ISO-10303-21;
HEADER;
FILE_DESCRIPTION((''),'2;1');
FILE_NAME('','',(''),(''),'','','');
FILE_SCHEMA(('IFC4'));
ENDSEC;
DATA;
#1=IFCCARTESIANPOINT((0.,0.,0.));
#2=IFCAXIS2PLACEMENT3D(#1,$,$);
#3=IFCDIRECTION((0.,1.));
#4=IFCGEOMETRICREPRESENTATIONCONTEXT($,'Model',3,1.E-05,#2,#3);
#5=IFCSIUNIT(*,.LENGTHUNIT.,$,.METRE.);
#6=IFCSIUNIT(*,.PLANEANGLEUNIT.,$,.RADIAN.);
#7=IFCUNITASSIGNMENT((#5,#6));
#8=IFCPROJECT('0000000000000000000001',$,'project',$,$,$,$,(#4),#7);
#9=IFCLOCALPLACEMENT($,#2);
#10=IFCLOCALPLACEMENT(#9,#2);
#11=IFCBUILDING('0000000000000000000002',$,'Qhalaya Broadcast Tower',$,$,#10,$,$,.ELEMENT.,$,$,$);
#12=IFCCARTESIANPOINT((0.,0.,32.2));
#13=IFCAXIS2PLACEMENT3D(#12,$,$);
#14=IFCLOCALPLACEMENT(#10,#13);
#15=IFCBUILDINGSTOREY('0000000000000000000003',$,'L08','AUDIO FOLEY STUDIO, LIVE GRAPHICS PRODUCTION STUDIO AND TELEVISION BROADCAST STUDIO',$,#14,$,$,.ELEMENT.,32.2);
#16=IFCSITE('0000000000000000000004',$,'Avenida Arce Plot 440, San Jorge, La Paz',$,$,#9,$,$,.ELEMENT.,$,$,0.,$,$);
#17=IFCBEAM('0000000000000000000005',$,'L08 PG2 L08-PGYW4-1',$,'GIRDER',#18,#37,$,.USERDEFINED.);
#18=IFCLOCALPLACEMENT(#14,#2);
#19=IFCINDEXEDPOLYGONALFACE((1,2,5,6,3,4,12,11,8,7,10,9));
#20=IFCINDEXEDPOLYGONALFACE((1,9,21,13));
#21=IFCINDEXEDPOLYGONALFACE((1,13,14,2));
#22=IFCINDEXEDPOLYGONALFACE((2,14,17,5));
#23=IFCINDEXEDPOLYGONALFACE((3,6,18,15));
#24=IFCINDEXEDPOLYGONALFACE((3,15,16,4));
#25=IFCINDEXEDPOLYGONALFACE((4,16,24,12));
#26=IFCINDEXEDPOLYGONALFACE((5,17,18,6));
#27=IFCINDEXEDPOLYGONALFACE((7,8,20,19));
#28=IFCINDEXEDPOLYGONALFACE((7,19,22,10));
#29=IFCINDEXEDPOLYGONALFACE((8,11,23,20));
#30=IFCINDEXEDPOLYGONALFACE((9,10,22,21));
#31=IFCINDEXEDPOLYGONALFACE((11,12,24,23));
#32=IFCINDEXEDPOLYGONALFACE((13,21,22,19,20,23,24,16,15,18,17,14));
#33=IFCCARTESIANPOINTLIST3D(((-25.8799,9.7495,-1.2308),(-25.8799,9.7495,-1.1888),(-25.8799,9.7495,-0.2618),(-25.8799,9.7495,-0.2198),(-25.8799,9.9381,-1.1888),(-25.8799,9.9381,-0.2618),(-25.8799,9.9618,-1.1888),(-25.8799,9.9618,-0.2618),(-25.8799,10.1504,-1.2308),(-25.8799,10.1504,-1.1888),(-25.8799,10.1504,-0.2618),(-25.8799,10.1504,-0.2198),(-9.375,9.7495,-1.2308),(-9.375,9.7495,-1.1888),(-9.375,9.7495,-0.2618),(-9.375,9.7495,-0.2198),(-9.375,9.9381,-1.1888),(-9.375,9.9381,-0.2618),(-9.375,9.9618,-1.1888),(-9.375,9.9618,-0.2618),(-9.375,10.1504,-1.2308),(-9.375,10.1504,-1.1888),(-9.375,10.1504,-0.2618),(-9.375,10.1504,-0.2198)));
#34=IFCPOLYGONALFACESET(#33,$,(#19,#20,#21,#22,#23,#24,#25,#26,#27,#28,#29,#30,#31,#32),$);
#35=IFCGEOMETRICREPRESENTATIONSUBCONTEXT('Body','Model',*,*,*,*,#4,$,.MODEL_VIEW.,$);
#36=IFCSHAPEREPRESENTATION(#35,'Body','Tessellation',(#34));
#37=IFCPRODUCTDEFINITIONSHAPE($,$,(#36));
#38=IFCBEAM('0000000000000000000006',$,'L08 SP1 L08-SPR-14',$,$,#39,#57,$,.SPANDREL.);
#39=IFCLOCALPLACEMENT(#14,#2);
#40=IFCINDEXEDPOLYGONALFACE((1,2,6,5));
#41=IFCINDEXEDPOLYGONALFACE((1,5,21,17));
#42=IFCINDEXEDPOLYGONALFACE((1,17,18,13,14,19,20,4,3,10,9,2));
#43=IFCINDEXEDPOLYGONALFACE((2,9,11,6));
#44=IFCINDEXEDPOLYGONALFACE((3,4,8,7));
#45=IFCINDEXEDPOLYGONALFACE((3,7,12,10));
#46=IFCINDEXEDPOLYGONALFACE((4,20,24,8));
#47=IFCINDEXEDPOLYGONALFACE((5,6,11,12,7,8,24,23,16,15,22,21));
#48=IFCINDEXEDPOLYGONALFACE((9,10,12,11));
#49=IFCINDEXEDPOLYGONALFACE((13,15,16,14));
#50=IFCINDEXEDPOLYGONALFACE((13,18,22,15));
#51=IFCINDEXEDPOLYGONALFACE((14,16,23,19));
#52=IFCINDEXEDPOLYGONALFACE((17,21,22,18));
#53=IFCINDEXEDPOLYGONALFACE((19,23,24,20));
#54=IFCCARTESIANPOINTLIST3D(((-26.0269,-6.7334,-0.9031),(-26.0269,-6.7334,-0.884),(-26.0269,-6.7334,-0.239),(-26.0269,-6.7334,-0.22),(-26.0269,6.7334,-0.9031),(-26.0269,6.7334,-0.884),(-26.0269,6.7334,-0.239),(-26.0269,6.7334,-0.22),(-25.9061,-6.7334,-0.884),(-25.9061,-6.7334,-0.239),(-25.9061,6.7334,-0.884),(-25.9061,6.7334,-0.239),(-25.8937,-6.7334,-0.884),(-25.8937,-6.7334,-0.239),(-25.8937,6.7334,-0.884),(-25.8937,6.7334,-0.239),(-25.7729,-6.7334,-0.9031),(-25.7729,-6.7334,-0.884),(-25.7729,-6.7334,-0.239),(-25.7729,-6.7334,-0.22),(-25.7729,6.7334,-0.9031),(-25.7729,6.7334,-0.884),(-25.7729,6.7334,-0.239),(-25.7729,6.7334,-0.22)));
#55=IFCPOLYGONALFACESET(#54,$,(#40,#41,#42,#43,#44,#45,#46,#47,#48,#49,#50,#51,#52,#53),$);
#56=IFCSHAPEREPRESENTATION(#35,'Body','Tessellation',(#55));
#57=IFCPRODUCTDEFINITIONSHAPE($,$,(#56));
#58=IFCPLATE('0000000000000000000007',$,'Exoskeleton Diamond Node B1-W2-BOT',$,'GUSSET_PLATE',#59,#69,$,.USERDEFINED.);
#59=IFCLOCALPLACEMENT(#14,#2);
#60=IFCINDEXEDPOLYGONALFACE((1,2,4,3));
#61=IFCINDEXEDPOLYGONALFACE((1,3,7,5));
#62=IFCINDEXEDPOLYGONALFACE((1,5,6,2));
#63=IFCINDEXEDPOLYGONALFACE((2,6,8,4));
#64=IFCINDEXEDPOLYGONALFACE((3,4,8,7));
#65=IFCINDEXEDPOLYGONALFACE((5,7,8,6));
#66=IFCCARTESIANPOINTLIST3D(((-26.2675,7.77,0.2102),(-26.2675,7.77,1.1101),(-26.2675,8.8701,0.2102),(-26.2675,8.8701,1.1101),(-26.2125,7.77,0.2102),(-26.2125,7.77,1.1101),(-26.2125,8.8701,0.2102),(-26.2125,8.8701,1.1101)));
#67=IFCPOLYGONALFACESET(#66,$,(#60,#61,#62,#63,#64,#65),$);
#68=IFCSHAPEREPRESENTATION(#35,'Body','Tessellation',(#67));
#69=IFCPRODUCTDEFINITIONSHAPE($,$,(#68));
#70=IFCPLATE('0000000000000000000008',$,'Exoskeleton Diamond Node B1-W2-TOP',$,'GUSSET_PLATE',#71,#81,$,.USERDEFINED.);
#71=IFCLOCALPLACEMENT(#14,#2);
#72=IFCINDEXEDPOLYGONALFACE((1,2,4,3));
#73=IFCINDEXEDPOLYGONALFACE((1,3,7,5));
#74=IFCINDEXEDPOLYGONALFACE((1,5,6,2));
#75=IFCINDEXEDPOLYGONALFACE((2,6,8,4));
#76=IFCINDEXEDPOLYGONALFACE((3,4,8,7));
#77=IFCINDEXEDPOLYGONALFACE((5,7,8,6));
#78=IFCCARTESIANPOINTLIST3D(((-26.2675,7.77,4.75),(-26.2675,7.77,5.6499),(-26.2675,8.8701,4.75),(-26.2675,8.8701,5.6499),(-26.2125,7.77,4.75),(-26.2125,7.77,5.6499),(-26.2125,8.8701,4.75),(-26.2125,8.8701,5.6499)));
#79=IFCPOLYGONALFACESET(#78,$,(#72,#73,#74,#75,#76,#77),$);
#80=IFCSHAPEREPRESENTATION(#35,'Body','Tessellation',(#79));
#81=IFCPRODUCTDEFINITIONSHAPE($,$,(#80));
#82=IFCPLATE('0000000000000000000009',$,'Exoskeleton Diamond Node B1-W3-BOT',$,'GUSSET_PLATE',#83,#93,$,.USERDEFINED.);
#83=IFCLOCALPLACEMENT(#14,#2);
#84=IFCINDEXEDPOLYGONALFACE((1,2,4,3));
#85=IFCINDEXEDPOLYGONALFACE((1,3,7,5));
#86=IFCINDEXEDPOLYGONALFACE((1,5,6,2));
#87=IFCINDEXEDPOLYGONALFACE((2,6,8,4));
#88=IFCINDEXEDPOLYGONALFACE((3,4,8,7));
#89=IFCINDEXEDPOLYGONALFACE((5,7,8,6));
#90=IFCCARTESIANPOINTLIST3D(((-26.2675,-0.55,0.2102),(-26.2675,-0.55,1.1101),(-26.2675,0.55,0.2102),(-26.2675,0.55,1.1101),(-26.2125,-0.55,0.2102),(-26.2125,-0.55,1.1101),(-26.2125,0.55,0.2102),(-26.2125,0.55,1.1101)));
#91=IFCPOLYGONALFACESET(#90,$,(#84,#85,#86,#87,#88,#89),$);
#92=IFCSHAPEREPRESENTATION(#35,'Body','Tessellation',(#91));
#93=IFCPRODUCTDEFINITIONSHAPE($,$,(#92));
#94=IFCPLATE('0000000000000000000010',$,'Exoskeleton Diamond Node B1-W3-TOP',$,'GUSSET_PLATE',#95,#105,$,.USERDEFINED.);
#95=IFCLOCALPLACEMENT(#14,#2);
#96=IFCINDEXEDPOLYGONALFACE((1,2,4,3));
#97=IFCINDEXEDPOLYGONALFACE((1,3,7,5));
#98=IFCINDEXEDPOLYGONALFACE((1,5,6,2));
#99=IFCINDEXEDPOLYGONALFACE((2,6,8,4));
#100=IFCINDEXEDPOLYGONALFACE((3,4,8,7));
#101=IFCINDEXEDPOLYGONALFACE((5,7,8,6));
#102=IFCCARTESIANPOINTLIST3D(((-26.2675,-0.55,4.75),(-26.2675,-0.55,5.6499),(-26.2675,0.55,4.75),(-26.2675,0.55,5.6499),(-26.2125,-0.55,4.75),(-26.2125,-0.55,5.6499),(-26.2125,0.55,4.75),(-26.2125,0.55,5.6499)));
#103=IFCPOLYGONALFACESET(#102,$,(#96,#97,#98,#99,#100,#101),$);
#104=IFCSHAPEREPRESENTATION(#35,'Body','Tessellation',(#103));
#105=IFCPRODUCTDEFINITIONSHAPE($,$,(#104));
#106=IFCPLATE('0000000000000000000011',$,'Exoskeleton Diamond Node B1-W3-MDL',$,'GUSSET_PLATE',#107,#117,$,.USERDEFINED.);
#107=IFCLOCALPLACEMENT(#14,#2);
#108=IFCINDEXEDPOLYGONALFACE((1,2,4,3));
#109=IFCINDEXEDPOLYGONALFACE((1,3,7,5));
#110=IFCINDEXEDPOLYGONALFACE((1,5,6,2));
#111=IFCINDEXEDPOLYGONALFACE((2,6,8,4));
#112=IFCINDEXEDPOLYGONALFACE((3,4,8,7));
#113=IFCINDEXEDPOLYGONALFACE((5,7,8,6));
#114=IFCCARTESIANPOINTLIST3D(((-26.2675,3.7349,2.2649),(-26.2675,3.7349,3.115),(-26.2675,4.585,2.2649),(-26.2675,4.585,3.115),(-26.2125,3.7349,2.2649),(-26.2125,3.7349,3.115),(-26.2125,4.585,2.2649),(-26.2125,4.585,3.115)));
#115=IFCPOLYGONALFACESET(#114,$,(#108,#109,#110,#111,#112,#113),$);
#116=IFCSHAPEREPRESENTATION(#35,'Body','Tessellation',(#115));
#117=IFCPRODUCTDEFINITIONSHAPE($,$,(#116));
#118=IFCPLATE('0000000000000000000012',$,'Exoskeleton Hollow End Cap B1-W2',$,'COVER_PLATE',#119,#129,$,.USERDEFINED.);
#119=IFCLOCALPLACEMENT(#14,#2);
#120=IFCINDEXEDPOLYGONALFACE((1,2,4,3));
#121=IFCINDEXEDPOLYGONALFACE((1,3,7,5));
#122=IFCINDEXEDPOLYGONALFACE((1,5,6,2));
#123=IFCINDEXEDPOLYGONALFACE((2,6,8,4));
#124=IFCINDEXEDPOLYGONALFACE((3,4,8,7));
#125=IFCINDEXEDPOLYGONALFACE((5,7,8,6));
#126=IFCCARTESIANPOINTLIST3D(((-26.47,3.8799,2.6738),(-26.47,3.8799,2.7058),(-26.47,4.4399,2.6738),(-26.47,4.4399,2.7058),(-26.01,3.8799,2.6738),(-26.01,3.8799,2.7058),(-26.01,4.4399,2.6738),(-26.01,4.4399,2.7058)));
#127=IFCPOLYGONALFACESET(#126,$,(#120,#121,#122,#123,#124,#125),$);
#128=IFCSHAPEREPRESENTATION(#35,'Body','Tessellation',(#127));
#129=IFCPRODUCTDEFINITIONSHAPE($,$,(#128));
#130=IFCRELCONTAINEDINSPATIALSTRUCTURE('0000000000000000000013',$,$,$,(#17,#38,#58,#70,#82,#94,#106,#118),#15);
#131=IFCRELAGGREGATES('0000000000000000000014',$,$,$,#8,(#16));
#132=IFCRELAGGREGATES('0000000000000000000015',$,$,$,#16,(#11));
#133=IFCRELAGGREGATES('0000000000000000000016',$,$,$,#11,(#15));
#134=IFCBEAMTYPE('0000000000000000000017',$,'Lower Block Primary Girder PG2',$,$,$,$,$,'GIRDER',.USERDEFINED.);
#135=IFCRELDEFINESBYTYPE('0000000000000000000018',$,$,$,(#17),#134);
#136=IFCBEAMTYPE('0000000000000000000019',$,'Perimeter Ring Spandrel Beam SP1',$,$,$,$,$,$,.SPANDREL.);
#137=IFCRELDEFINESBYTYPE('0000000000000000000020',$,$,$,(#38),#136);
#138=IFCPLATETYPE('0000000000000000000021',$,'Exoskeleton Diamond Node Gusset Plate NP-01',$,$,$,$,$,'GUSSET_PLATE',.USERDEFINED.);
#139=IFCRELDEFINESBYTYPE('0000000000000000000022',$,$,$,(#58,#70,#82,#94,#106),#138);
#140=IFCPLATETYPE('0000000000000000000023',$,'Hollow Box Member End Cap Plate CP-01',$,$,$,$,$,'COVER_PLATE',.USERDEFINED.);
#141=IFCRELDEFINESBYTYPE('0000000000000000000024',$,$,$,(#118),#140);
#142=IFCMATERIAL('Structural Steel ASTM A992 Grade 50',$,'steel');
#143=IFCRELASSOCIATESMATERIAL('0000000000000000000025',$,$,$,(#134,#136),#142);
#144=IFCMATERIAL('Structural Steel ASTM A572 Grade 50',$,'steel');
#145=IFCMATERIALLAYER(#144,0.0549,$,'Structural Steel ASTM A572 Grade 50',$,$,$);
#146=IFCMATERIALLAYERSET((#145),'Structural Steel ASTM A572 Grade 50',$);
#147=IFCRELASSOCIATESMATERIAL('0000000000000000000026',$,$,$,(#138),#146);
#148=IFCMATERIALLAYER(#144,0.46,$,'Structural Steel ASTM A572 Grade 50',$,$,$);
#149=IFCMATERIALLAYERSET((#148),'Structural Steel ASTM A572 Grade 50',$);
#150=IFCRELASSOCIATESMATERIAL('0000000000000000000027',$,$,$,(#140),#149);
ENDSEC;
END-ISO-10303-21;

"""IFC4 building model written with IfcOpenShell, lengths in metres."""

from ifc_helpers import new_model, si_unit, direction, frame, origin, origin_2d, place, context, subcontext, project, spatial, rectangle, i_section, extrude, material, layer, layer_set, material_profile, profile_set, type_object, element, save


model = new_model("IFC4")

# Units and contexts
model_context = context("Model", 3, precision=1e-05, world=origin(), true_north=direction((0.0, 1.0)))
body_context = subcontext(model_context, "Body", "Model", "MODEL_VIEW")
ifc_project = project(units=[si_unit("LENGTHUNIT", "METRE"), si_unit("PLANEANGLEUNIT", "RADIAN")], contexts=[model_context])

# Site, building, storey
site_placement = place(None, origin())
site = spatial("IfcSite", under=ifc_project, at=site_placement, Name="Avenida Arce Plot 440, San Jorge, La Paz", CompositionType="ELEMENT", RefElevation=0.0)
building_placement = place(site_placement, origin())
building = spatial("IfcBuilding", under=site, at=building_placement, Name="Qhalaya Broadcast Tower", CompositionType="ELEMENT")
storey_placement = place(building_placement, frame((0.0, 0.0, 32.2)))
storey = spatial("IfcBuildingStorey", under=building, at=storey_placement, Name="L08", Description="AUDIO FOLEY STUDIO, LIVE GRAPHICS PRODUCTION STUDIO AND TELEVISION BROADCAST STUDIO", CompositionType="ELEMENT", Elevation=32.2)

# Shared definitions
ifc_material_1 = material(Name="Structural Steel ASTM A572 Grade 50", Category="steel")

# Shared definitions
ifc_material_2 = material(Name="Structural Steel ASTM A992 Grade 50", Category="steel")

# Beams
ifc_material_profile_1 = material_profile(ifc_material_2, i_section(OverallWidth=0.4009, OverallDepth=1.011, WebThickness=0.0237, FlangeThickness=0.042, at=origin_2d()), Name="W40X297")
ifc_profile_set_1 = profile_set([ifc_material_profile_1], Name="Structural Steel ASTM A992 Grade 50")
beam_type_1 = type_object("IfcBeamType", Name="Lower Block Primary Girder PG2", ElementType="GIRDER", PredefinedType="USERDEFINED", material=ifc_profile_set_1)
for number, where, z_axis, x_axis, name in (
    (1, (-25.8799, 9.95, -0.7253), (1.0, 0.0, 0.0), (0.0, 1.0, 0.0), "L08 PG2 L08-PGYW4-1"),
):
    element("IfcBeam", number, at=place(storey_placement, frame(where, z_axis=z_axis, x_axis=x_axis)), inside=storey, type_object=beam_type_1, Name=name, ObjectType="GIRDER", PredefinedType="USERDEFINED", context=body_context, shape_type="SweptSolid", body=[
        extrude(i_section(OverallWidth=0.4009, OverallDepth=1.011, WebThickness=0.0237, FlangeThickness=0.042, at=origin_2d()), origin(), (0.0, 0.0, 1.0), 16.5049),
    ])
ifc_material_profile_2 = material_profile(ifc_material_2, i_section(OverallWidth=0.2539, OverallDepth=0.6831, WebThickness=0.0125, FlangeThickness=0.019, at=origin_2d()), Name="W27X94")
ifc_profile_set_2 = profile_set([ifc_material_profile_2], Name="Structural Steel ASTM A992 Grade 50")
beam_type_2 = type_object("IfcBeamType", Name="Perimeter Ring Spandrel Beam SP1", PredefinedType="SPANDREL", material=ifc_profile_set_2)
beam_placement = place(storey_placement, frame((-25.8999, 6.7334, -0.5615), z_axis=(0.0, -1.0, 0.0), x_axis=(1.0, 0.0, 0.0)))
element("IfcBeam", 2, at=beam_placement, inside=storey, type_object=beam_type_2, Name="L08 SP1 L08-SPR-14", PredefinedType="SPANDREL", context=body_context, shape_type="SweptSolid", body=[
    extrude(i_section(OverallWidth=0.2539, OverallDepth=0.6831, WebThickness=0.0125, FlangeThickness=0.019, at=origin_2d()), origin(), (0.0, 0.0, 1.0), 13.4668),
])

# Plates
ifc_layer_1 = layer(ifc_material_1, 0.0549, Name="Structural Steel ASTM A572 Grade 50")
ifc_layer_set_1 = layer_set([ifc_layer_1], Name="Structural Steel ASTM A572 Grade 50")
plate_type_1 = type_object("IfcPlateType", Name="Exoskeleton Diamond Node Gusset Plate NP-01", ElementType="GUSSET_PLATE", PredefinedType="USERDEFINED", material=ifc_layer_set_1)
for number, where, z_axis, x_axis, name in (
    (3, (-26.24, 8.3201, 0.2102), (0.0, 0.0, 1.0), (0.0, 1.0, 0.0), "Exoskeleton Diamond Node B1-W2-BOT"),
    (4, (-26.24, 8.3201, 4.75), (0.0, 0.0, 1.0), (0.0, 1.0, 0.0), "Exoskeleton Diamond Node B1-W2-TOP"),
    (5, (-26.24, 0.0, 0.2102), (0.0, 0.0, 1.0), (0.0, 1.0, 0.0), "Exoskeleton Diamond Node B1-W3-BOT"),
    (6, (-26.24, 0.0, 4.75), (0.0, 0.0, 1.0), (0.0, 1.0, 0.0), "Exoskeleton Diamond Node B1-W3-TOP"),
):
    element("IfcPlate", number, at=place(storey_placement, frame(where, z_axis=z_axis, x_axis=x_axis)), inside=storey, type_object=plate_type_1, Name=name, ObjectType="GUSSET_PLATE", PredefinedType="USERDEFINED", context=body_context, shape_type="SweptSolid", body=[
        extrude(rectangle(XDim=1.1001, YDim=0.0549, at=origin_2d()), origin(), (0.0, 0.0, 1.0), 0.8999),
    ])
plate_1_placement = place(storey_placement, frame((-26.24, 4.1599, 2.2649), z_axis=(0.0, 0.0, 1.0), x_axis=(0.0, 1.0, 0.0)))
element("IfcPlate", 7, at=plate_1_placement, inside=storey, type_object=plate_type_1, Name="Exoskeleton Diamond Node B1-W3-MDL", ObjectType="GUSSET_PLATE", PredefinedType="USERDEFINED", context=body_context, shape_type="SweptSolid", body=[
    extrude(rectangle(XDim=0.8501, YDim=0.0549, at=origin_2d()), origin(), (0.0, 0.0, 1.0), 0.8501),
])
ifc_layer_2 = layer(ifc_material_1, 0.46, Name="Structural Steel ASTM A572 Grade 50")
ifc_layer_set_2 = layer_set([ifc_layer_2], Name="Structural Steel ASTM A572 Grade 50")
plate_type_2 = type_object("IfcPlateType", Name="Hollow Box Member End Cap Plate CP-01", ElementType="COVER_PLATE", PredefinedType="USERDEFINED", material=ifc_layer_set_2)
plate_2_placement = place(storey_placement, frame((-26.24, 4.1599, 2.6738), z_axis=(0.0, 0.0, 1.0), x_axis=(0.0, 1.0, 0.0)))
element("IfcPlate", 8, at=plate_2_placement, inside=storey, type_object=plate_type_2, Name="Exoskeleton Hollow End Cap B1-W2", ObjectType="COVER_PLATE", PredefinedType="USERDEFINED", context=body_context, shape_type="SweptSolid", body=[
    extrude(rectangle(XDim=0.5601, YDim=0.46, at=origin_2d()), origin(), (0.0, 0.0, 1.0), 0.032),
])

save(model, "model.ifc")
